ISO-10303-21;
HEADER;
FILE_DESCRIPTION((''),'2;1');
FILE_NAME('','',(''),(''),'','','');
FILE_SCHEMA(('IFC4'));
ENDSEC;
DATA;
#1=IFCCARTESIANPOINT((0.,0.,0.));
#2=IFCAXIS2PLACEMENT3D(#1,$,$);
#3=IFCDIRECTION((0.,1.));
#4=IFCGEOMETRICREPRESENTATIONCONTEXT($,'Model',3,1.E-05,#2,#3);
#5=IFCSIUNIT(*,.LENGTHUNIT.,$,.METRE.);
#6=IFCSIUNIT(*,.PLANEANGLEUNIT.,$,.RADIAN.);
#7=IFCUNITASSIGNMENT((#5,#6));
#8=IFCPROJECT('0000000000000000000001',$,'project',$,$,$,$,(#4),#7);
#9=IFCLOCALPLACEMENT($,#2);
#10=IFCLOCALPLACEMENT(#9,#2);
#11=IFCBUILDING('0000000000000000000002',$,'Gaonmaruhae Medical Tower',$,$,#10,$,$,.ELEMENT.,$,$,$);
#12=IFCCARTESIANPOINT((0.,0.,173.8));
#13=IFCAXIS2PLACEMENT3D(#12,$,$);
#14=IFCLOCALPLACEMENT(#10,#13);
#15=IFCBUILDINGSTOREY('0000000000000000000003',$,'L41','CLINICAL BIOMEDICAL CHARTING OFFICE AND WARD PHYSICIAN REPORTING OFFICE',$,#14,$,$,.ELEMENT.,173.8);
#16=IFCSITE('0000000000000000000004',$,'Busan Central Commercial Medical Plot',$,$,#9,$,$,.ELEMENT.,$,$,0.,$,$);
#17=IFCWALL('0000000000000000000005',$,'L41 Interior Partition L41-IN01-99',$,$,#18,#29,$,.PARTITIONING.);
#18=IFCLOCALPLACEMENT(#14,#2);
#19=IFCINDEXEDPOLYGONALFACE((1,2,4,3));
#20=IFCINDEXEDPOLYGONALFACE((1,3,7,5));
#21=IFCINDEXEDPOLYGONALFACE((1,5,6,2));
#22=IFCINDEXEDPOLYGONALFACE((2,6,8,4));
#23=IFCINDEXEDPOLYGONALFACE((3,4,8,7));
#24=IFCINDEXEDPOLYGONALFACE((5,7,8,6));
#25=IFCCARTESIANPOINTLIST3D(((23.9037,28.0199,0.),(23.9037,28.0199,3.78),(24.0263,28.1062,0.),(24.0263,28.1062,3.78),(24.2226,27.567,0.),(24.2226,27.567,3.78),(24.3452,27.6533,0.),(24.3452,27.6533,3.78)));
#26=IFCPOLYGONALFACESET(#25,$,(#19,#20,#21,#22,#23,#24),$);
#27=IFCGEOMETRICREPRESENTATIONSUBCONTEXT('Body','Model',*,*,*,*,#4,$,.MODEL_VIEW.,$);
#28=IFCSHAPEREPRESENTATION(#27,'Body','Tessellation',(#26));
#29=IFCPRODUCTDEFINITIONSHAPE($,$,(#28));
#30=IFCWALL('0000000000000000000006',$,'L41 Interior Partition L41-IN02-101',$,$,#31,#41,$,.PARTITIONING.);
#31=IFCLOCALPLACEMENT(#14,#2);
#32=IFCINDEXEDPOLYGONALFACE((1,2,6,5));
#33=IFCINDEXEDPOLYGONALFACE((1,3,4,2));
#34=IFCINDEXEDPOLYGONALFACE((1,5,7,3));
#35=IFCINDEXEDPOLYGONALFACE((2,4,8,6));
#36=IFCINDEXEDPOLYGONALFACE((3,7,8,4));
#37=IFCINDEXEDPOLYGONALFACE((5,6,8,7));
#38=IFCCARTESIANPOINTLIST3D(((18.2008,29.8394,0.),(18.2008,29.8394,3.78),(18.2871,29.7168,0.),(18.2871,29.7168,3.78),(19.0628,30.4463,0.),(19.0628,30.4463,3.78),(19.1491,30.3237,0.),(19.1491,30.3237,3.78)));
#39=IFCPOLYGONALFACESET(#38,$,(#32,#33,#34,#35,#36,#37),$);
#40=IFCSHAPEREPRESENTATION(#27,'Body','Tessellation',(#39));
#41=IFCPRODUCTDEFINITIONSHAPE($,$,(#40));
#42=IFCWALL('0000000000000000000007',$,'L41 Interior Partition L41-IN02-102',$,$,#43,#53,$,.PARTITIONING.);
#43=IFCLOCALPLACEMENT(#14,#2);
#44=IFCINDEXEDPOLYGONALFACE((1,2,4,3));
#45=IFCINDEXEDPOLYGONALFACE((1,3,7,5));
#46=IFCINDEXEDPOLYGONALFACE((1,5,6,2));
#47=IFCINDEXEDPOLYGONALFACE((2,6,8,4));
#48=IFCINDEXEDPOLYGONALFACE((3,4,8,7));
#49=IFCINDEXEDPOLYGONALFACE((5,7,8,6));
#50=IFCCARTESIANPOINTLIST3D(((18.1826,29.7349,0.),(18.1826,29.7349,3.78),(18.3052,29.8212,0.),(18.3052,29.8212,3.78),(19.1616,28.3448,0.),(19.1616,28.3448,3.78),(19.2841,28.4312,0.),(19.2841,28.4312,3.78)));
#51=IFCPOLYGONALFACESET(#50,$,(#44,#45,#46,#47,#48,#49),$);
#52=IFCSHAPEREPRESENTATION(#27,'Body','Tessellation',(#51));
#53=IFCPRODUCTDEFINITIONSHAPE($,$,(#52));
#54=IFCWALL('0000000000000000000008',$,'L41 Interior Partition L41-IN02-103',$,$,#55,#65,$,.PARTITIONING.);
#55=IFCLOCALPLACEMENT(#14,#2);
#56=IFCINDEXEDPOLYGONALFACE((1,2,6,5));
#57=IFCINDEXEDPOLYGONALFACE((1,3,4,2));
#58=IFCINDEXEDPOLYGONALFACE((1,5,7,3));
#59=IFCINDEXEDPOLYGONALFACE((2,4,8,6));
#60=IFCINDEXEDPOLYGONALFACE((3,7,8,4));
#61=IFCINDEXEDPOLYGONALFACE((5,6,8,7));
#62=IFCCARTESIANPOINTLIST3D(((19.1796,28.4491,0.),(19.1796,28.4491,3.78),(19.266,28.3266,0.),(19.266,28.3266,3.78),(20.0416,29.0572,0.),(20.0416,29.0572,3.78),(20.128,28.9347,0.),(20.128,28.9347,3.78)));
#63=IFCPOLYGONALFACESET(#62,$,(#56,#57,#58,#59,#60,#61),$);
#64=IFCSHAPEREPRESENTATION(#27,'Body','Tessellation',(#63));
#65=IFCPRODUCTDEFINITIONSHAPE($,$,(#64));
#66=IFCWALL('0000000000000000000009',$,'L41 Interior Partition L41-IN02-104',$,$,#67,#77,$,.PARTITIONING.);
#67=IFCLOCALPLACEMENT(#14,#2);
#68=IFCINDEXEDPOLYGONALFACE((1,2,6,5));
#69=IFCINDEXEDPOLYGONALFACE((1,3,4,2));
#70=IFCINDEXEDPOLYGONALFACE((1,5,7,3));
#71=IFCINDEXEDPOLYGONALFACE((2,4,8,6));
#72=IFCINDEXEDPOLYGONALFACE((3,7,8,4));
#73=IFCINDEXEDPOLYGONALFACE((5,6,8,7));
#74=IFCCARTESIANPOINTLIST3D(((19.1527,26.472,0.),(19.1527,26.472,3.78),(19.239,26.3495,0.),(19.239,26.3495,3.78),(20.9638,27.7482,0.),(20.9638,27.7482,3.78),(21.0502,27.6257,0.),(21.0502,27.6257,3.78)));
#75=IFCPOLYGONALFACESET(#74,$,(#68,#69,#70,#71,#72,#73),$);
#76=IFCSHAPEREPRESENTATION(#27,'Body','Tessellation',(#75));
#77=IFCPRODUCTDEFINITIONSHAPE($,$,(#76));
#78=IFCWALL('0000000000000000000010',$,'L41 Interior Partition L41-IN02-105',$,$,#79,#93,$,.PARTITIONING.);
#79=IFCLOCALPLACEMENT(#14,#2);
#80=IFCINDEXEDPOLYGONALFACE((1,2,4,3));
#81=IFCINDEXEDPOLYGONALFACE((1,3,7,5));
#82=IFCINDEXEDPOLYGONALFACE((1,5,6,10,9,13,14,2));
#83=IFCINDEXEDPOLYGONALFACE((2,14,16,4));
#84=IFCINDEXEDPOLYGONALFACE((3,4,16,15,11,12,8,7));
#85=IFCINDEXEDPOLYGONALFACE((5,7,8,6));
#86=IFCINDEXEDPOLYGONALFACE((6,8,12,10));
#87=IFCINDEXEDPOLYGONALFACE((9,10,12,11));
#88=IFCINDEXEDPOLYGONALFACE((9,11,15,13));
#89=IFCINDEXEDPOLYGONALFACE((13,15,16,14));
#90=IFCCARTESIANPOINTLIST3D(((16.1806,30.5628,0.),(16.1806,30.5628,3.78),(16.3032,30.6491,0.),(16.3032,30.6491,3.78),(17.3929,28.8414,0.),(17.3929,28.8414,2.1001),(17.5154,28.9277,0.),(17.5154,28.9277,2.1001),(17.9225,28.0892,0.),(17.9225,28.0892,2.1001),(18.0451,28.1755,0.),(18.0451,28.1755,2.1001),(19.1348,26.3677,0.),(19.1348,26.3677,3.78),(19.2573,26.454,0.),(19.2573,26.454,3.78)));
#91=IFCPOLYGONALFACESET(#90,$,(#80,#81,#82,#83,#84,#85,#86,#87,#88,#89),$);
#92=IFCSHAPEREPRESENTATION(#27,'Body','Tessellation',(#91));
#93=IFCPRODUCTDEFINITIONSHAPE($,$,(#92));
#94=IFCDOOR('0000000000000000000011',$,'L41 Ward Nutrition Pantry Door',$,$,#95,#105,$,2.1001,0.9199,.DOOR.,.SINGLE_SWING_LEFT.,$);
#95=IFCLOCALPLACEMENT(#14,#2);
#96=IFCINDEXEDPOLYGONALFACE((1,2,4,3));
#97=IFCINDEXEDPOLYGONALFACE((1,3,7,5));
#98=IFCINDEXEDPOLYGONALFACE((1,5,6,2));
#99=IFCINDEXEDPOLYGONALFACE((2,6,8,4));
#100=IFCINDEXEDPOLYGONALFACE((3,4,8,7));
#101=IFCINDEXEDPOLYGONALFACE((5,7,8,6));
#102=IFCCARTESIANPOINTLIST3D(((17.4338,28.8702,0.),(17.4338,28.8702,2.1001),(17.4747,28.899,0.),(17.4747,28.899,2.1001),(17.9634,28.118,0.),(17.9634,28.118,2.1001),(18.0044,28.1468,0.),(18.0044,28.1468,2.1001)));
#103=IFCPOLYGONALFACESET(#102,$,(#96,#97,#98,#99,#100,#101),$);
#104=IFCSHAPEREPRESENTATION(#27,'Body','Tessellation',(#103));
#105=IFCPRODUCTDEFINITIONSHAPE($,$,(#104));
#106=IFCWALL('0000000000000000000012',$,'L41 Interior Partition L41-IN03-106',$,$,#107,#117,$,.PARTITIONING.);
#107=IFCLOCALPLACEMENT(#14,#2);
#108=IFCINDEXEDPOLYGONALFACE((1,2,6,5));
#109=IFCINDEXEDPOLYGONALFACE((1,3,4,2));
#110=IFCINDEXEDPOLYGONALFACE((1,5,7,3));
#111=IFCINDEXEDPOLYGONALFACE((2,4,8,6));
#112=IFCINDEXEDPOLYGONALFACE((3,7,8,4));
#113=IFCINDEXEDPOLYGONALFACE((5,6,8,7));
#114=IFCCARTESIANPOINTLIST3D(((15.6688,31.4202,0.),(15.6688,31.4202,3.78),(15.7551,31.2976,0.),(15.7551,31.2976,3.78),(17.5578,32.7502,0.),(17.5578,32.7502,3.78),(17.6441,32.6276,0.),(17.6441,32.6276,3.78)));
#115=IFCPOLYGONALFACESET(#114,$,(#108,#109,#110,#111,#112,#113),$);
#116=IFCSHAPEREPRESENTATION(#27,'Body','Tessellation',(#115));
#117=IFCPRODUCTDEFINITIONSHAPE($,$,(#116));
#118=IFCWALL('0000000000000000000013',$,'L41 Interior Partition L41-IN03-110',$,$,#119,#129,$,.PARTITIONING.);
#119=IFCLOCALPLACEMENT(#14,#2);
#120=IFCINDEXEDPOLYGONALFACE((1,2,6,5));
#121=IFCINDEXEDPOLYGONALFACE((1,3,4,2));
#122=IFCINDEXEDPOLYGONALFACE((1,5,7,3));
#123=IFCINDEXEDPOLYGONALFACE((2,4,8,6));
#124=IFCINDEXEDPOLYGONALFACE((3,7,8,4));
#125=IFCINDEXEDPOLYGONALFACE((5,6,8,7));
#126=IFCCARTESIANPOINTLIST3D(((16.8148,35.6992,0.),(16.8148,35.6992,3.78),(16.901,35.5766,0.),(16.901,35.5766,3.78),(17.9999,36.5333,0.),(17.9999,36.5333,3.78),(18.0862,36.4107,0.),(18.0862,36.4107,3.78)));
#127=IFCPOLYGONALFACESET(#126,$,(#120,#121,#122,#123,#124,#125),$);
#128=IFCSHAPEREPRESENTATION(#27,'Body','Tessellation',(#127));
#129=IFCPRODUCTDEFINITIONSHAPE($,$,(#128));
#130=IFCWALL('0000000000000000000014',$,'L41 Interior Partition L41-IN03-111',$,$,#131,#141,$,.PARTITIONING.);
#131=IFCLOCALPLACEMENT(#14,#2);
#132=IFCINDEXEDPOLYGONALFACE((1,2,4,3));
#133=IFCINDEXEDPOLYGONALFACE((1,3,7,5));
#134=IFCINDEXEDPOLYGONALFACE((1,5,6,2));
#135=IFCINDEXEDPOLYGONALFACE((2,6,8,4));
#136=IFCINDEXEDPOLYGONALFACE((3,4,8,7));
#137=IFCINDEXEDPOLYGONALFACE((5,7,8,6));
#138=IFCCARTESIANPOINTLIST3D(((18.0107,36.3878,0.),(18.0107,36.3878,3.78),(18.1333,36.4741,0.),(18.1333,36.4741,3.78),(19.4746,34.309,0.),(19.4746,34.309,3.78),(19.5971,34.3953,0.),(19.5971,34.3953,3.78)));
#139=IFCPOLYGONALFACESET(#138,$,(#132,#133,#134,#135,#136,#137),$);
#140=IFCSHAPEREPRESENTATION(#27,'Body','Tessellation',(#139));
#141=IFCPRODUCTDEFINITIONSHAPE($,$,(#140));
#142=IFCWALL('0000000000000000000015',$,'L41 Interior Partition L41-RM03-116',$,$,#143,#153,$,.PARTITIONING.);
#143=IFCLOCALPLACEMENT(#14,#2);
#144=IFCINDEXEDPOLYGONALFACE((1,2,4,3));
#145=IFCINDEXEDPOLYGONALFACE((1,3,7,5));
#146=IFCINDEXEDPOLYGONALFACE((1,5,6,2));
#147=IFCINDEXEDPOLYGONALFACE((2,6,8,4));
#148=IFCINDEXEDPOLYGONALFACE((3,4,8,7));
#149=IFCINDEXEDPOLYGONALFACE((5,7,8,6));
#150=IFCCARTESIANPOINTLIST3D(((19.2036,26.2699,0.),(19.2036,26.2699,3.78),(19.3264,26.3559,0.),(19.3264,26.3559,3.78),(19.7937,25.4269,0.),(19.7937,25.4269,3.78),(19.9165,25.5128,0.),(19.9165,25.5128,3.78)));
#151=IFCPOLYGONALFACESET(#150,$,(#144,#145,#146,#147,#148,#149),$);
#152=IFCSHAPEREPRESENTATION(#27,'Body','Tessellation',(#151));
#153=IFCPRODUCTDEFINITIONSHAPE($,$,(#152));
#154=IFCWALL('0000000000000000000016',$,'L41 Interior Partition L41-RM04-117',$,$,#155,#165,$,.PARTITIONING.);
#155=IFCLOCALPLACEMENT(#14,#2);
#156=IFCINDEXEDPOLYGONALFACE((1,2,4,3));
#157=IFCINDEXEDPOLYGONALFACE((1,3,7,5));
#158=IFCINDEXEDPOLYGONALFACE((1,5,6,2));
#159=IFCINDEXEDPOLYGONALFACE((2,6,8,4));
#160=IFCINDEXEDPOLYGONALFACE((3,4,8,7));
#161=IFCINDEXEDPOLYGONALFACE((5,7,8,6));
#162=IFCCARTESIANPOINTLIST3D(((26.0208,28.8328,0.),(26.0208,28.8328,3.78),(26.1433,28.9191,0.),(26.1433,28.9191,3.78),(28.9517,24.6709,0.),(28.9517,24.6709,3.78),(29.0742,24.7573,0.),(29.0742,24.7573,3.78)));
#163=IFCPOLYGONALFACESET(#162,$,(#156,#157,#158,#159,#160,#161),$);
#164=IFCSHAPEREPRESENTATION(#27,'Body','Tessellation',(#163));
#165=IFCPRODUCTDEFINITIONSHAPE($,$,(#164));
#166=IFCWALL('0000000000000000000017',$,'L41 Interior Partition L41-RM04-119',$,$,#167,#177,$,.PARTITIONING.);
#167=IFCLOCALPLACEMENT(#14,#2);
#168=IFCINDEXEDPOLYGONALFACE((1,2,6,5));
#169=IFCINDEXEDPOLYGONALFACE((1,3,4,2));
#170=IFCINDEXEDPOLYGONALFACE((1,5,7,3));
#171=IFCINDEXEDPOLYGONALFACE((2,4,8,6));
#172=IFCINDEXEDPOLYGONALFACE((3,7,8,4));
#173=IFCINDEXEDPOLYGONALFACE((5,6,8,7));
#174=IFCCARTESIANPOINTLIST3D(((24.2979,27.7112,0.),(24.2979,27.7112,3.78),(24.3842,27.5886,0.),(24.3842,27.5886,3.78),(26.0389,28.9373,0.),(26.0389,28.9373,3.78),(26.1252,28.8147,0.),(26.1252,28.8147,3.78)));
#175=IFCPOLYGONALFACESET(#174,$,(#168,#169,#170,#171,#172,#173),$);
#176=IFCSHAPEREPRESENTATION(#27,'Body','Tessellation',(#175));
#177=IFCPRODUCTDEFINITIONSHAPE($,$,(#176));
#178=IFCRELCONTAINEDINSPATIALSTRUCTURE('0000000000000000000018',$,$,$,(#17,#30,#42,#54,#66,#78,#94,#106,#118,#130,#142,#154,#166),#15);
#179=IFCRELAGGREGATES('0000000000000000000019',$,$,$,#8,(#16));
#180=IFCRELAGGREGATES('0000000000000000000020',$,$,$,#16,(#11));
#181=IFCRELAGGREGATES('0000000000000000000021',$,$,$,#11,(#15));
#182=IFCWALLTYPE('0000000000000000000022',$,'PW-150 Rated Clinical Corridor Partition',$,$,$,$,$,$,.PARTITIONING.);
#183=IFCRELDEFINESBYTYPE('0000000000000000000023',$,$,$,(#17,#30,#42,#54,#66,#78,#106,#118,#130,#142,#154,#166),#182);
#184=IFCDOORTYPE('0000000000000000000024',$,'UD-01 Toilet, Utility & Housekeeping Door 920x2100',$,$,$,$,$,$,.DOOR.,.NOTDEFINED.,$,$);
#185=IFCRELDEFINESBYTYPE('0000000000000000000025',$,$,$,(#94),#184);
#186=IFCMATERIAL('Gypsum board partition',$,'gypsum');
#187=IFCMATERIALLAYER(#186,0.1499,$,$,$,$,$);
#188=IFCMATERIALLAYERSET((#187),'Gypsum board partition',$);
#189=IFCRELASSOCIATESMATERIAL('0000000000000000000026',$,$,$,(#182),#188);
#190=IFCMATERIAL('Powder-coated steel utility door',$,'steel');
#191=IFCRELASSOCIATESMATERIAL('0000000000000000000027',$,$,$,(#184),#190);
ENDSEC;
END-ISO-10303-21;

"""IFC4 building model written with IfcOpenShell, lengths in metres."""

from ifc_helpers import new_model, si_unit, direction, frame, frame_2d, origin, place, context, subcontext, project, spatial, rectangle, extrude, material, layer, layer_set, type_object, element, fill, save


model = new_model("IFC4")

# Units and contexts
model_context = context("Model", 3, precision=1e-05, world=origin(), true_north=direction((0.0, 1.0)))
body_context = subcontext(model_context, "Body", "Model", "MODEL_VIEW")
ifc_project = project(units=[si_unit("LENGTHUNIT", "METRE"), si_unit("PLANEANGLEUNIT", "RADIAN")], contexts=[model_context])

# Site, building, storey
site_placement = place(None, origin())
site = spatial("IfcSite", under=ifc_project, at=site_placement, Name="Busan Central Commercial Medical Plot", CompositionType="ELEMENT", RefElevation=0.0)
building_placement = place(site_placement, origin())
building = spatial("IfcBuilding", under=site, at=building_placement, Name="Gaonmaruhae Medical Tower", CompositionType="ELEMENT")
storey_placement = place(building_placement, frame((0.0, 0.0, 173.8)))
storey = spatial("IfcBuildingStorey", under=building, at=storey_placement, Name="L41", Description="CLINICAL BIOMEDICAL CHARTING OFFICE AND WARD PHYSICIAN REPORTING OFFICE", CompositionType="ELEMENT", Elevation=173.8)

# Walls
ifc_material_1 = material(Name="Gypsum board partition", Category="gypsum")
ifc_layer_1 = layer(ifc_material_1, 0.1499)
ifc_layer_set_1 = layer_set([ifc_layer_1], Name="Gypsum board partition")
wall_type_1 = type_object("IfcWallType", Name="PW-150 Rated Clinical Corridor Partition", PredefinedType="PARTITIONING", material=ifc_layer_set_1)
wall_1_placement = place(storey_placement, frame((23.9651, 28.063, 0.0), z_axis=(0.0, 0.0, 1.0), x_axis=(0.575679, -0.817676, 0.0)))
element("IfcWall", 1, at=wall_1_placement, inside=storey, type_object=wall_type_1, Name="L41 Interior Partition L41-IN01-99", PredefinedType="PARTITIONING", context=body_context, shape_type="SweptSolid", body=[
    extrude(rectangle(XDim=0.554, YDim=0.1499, at=frame_2d((0.2769, 0.0))), origin(), (0.0, 0.0, 1.0), 3.78),
])
wall_2_placement = place(storey_placement, frame((19.106, 30.385, 0.0), z_axis=(0.0, 0.0, 1.0), x_axis=(-0.817673, -0.575683, 0.0)))
element("IfcWall", 2, at=wall_2_placement, inside=storey, type_object=wall_type_1, Name="L41 Interior Partition L41-IN02-101", PredefinedType="PARTITIONING", context=body_context, shape_type="SweptSolid", body=[
    extrude(rectangle(XDim=1.0542, YDim=0.1499, at=frame_2d((0.5271, 0.0))), origin(), (0.0, 0.0, 1.0), 3.78),
])
wall_3_placement = place(storey_placement, frame((18.2439, 29.7781, 0.0), z_axis=(0.0, 0.0, 1.0), x_axis=(0.575792, -0.817596, 0.0)))
element("IfcWall", 3, at=wall_3_placement, inside=storey, type_object=wall_type_1, Name="L41 Interior Partition L41-IN02-102", PredefinedType="PARTITIONING", context=body_context, shape_type="SweptSolid", body=[
    extrude(rectangle(XDim=1.7002, YDim=0.1499, at=frame_2d((0.8501, 0.0))), origin(), (0.0, 0.0, 1.0), 3.78),
])
wall_4_placement = place(storey_placement, frame((19.2229, 28.3879, 0.0), z_axis=(0.0, 0.0, 1.0), x_axis=(0.817128, 0.576456, 0.0)))
element("IfcWall", 4, at=wall_4_placement, inside=storey, type_object=wall_type_1, Name="L41 Interior Partition L41-IN02-103", PredefinedType="PARTITIONING", context=body_context, shape_type="SweptSolid", body=[
    extrude(rectangle(XDim=1.0549, YDim=0.1499, at=frame_2d((0.5273, 0.0))), origin(), (0.0, 0.0, 1.0), 3.78),
])
wall_5_placement = place(storey_placement, frame((21.0071, 27.687, 0.0), z_axis=(0.0, 0.0, 1.0), x_axis=(-0.817447, -0.576004, 0.0)))
element("IfcWall", 5, at=wall_5_placement, inside=storey, type_object=wall_type_1, Name="L41 Interior Partition L41-IN02-104", PredefinedType="PARTITIONING", context=body_context, shape_type="SweptSolid", body=[
    extrude(rectangle(XDim=2.2156, YDim=0.1499, at=frame_2d((1.1079, 0.0))), origin(), (0.0, 0.0, 1.0), 3.78),
])

# Wall, opening, door
wall_6_placement = place(storey_placement, frame((19.196, 26.4109, 0.0), z_axis=(0.0, 0.0, 1.0), x_axis=(-0.575756, 0.817621, 0.0)))
wall_6 = element("IfcWall", 6, at=wall_6_placement, inside=storey, type_object=wall_type_1, Name="L41 Interior Partition L41-IN02-105", PredefinedType="PARTITIONING", context=body_context, shape_type="SweptSolid", body=[
    extrude(rectangle(XDim=5.1309, YDim=0.1499, at=frame_2d((2.5654, 0.0))), origin(), (0.0, 0.0, 1.0), 3.78),
])
opening_1_placement = place(wall_6_placement, frame((2.1055, 0.0, 0.0)))
opening_1 = element("IfcOpeningElement", 7, at=opening_1_placement, cuts=wall_6, PredefinedType="OPENING", context=body_context, shape_type="SweptSolid", body=[
    extrude(rectangle(XDim=0.9199, YDim=2.1001, at=frame_2d((0.46, 1.05))), frame((0.0, 0.085, 0.0), z_axis=(0.0, -1.0, 0.0), x_axis=(1.0, 0.0, 0.0)), (0.0, 0.0, 1.0), 0.1699),
])
ifc_material_2 = material(Name="Powder-coated steel utility door", Category="steel")
door_type_1 = type_object("IfcDoorType", Name="UD-01 Toilet, Utility & Housekeeping Door 920x2100", OperationType="NOTDEFINED", PredefinedType="DOOR", material=ifc_material_2)
door_1_placement = place(opening_1_placement, origin())
door_1 = element("IfcDoor", 8, at=door_1_placement, inside=storey, type_object=door_type_1, Name="L41 Ward Nutrition Pantry Door", OperationType="SINGLE_SWING_LEFT", OverallHeight=2.1001, OverallWidth=0.9199, PredefinedType="DOOR", context=body_context, shape_type="SweptSolid", body=[
    extrude(rectangle(XDim=0.9199, YDim=2.1001, at=frame_2d((0.46, 1.05))), frame((0.0, 0.0249, 0.0), z_axis=(0.0, -1.0, 0.0), x_axis=(1.0, 0.0, 0.0)), (0.0, 0.0, 1.0), 0.05),
])
fill(opening_1, door_1)

# Walls
wall_7_placement = place(storey_placement, frame((17.6011, 32.689, 0.0), z_axis=(0.0, 0.0, 1.0), x_axis=(-0.81767, -0.575687, 0.0)))
element("IfcWall", 9, at=wall_7_placement, inside=storey, type_object=wall_type_1, Name="L41 Interior Partition L41-IN03-106", PredefinedType="PARTITIONING", context=body_context, shape_type="SweptSolid", body=[
    extrude(rectangle(XDim=2.3103, YDim=0.1499, at=frame_2d((1.1553, 0.0))), origin(), (0.0, 0.0, 1.0), 3.78),
])
wall_8_placement = place(storey_placement, frame((16.8579, 35.6379, 0.0), z_axis=(0.0, 0.0, 1.0), x_axis=(0.817789, 0.575518, 0.0)))
element("IfcWall", 10, at=wall_8_placement, inside=storey, type_object=wall_type_1, Name="L41 Interior Partition L41-IN03-110", PredefinedType="PARTITIONING", context=body_context, shape_type="SweptSolid", body=[
    extrude(rectangle(XDim=1.4492, YDim=0.1499, at=frame_2d((0.7246, 0.0))), origin(), (0.0, 0.0, 1.0), 3.78),
])
wall_9_placement = place(storey_placement, frame((18.072, 36.4309, 0.0), z_axis=(0.0, 0.0, 1.0), x_axis=(0.575748, -0.817627, 0.0)))
element("IfcWall", 11, at=wall_9_placement, inside=storey, type_object=wall_type_1, Name="L41 Interior Partition L41-IN03-111", PredefinedType="PARTITIONING", context=body_context, shape_type="SweptSolid", body=[
    extrude(rectangle(XDim=2.5425, YDim=0.1499, at=frame_2d((1.2712, 0.0))), origin(), (0.0, 0.0, 1.0), 3.78),
])
wall_10_placement = place(storey_placement, frame((19.2649, 26.313, 0.0), z_axis=(0.0, 0.0, 1.0), x_axis=(0.573446, -0.819243, 0.0)))
element("IfcWall", 12, at=wall_10_placement, inside=storey, type_object=wall_type_1, Name="L41 Interior Partition L41-RM03-116", PredefinedType="PARTITIONING", context=body_context, shape_type="SweptSolid", body=[
    extrude(rectangle(XDim=1.0291, YDim=0.1499, at=frame_2d((0.5146, 0.0))), origin(), (0.0, 0.0, 1.0), 3.78),
])
wall_11_placement = place(storey_placement, frame((26.082, 28.876, 0.0), z_axis=(0.0, 0.0, 1.0), x_axis=(0.575781, -0.817604, 0.0)))
element("IfcWall", 13, at=wall_11_placement, inside=storey, type_object=wall_type_1, Name="L41 Interior Partition L41-RM04-117", PredefinedType="PARTITIONING", context=body_context, shape_type="SweptSolid", body=[
    extrude(rectangle(XDim=5.0903, YDim=0.1499, at=frame_2d((2.5452, 0.0))), origin(), (0.0, 0.0, 1.0), 3.78),
])
wall_12_placement = place(storey_placement, frame((24.3411, 27.6499, 0.0), z_axis=(0.0, 0.0, 1.0), x_axis=(0.817597, 0.575792, 0.0)))
element("IfcWall", 14, at=wall_12_placement, inside=storey, type_object=wall_type_1, Name="L41 Interior Partition L41-RM04-119", PredefinedType="PARTITIONING", context=body_context, shape_type="SweptSolid", body=[
    extrude(rectangle(XDim=2.1294, YDim=0.1499, at=frame_2d((1.0647, 0.0))), origin(), (0.0, 0.0, 1.0), 3.78),
])

save(model, "model.ifc")
